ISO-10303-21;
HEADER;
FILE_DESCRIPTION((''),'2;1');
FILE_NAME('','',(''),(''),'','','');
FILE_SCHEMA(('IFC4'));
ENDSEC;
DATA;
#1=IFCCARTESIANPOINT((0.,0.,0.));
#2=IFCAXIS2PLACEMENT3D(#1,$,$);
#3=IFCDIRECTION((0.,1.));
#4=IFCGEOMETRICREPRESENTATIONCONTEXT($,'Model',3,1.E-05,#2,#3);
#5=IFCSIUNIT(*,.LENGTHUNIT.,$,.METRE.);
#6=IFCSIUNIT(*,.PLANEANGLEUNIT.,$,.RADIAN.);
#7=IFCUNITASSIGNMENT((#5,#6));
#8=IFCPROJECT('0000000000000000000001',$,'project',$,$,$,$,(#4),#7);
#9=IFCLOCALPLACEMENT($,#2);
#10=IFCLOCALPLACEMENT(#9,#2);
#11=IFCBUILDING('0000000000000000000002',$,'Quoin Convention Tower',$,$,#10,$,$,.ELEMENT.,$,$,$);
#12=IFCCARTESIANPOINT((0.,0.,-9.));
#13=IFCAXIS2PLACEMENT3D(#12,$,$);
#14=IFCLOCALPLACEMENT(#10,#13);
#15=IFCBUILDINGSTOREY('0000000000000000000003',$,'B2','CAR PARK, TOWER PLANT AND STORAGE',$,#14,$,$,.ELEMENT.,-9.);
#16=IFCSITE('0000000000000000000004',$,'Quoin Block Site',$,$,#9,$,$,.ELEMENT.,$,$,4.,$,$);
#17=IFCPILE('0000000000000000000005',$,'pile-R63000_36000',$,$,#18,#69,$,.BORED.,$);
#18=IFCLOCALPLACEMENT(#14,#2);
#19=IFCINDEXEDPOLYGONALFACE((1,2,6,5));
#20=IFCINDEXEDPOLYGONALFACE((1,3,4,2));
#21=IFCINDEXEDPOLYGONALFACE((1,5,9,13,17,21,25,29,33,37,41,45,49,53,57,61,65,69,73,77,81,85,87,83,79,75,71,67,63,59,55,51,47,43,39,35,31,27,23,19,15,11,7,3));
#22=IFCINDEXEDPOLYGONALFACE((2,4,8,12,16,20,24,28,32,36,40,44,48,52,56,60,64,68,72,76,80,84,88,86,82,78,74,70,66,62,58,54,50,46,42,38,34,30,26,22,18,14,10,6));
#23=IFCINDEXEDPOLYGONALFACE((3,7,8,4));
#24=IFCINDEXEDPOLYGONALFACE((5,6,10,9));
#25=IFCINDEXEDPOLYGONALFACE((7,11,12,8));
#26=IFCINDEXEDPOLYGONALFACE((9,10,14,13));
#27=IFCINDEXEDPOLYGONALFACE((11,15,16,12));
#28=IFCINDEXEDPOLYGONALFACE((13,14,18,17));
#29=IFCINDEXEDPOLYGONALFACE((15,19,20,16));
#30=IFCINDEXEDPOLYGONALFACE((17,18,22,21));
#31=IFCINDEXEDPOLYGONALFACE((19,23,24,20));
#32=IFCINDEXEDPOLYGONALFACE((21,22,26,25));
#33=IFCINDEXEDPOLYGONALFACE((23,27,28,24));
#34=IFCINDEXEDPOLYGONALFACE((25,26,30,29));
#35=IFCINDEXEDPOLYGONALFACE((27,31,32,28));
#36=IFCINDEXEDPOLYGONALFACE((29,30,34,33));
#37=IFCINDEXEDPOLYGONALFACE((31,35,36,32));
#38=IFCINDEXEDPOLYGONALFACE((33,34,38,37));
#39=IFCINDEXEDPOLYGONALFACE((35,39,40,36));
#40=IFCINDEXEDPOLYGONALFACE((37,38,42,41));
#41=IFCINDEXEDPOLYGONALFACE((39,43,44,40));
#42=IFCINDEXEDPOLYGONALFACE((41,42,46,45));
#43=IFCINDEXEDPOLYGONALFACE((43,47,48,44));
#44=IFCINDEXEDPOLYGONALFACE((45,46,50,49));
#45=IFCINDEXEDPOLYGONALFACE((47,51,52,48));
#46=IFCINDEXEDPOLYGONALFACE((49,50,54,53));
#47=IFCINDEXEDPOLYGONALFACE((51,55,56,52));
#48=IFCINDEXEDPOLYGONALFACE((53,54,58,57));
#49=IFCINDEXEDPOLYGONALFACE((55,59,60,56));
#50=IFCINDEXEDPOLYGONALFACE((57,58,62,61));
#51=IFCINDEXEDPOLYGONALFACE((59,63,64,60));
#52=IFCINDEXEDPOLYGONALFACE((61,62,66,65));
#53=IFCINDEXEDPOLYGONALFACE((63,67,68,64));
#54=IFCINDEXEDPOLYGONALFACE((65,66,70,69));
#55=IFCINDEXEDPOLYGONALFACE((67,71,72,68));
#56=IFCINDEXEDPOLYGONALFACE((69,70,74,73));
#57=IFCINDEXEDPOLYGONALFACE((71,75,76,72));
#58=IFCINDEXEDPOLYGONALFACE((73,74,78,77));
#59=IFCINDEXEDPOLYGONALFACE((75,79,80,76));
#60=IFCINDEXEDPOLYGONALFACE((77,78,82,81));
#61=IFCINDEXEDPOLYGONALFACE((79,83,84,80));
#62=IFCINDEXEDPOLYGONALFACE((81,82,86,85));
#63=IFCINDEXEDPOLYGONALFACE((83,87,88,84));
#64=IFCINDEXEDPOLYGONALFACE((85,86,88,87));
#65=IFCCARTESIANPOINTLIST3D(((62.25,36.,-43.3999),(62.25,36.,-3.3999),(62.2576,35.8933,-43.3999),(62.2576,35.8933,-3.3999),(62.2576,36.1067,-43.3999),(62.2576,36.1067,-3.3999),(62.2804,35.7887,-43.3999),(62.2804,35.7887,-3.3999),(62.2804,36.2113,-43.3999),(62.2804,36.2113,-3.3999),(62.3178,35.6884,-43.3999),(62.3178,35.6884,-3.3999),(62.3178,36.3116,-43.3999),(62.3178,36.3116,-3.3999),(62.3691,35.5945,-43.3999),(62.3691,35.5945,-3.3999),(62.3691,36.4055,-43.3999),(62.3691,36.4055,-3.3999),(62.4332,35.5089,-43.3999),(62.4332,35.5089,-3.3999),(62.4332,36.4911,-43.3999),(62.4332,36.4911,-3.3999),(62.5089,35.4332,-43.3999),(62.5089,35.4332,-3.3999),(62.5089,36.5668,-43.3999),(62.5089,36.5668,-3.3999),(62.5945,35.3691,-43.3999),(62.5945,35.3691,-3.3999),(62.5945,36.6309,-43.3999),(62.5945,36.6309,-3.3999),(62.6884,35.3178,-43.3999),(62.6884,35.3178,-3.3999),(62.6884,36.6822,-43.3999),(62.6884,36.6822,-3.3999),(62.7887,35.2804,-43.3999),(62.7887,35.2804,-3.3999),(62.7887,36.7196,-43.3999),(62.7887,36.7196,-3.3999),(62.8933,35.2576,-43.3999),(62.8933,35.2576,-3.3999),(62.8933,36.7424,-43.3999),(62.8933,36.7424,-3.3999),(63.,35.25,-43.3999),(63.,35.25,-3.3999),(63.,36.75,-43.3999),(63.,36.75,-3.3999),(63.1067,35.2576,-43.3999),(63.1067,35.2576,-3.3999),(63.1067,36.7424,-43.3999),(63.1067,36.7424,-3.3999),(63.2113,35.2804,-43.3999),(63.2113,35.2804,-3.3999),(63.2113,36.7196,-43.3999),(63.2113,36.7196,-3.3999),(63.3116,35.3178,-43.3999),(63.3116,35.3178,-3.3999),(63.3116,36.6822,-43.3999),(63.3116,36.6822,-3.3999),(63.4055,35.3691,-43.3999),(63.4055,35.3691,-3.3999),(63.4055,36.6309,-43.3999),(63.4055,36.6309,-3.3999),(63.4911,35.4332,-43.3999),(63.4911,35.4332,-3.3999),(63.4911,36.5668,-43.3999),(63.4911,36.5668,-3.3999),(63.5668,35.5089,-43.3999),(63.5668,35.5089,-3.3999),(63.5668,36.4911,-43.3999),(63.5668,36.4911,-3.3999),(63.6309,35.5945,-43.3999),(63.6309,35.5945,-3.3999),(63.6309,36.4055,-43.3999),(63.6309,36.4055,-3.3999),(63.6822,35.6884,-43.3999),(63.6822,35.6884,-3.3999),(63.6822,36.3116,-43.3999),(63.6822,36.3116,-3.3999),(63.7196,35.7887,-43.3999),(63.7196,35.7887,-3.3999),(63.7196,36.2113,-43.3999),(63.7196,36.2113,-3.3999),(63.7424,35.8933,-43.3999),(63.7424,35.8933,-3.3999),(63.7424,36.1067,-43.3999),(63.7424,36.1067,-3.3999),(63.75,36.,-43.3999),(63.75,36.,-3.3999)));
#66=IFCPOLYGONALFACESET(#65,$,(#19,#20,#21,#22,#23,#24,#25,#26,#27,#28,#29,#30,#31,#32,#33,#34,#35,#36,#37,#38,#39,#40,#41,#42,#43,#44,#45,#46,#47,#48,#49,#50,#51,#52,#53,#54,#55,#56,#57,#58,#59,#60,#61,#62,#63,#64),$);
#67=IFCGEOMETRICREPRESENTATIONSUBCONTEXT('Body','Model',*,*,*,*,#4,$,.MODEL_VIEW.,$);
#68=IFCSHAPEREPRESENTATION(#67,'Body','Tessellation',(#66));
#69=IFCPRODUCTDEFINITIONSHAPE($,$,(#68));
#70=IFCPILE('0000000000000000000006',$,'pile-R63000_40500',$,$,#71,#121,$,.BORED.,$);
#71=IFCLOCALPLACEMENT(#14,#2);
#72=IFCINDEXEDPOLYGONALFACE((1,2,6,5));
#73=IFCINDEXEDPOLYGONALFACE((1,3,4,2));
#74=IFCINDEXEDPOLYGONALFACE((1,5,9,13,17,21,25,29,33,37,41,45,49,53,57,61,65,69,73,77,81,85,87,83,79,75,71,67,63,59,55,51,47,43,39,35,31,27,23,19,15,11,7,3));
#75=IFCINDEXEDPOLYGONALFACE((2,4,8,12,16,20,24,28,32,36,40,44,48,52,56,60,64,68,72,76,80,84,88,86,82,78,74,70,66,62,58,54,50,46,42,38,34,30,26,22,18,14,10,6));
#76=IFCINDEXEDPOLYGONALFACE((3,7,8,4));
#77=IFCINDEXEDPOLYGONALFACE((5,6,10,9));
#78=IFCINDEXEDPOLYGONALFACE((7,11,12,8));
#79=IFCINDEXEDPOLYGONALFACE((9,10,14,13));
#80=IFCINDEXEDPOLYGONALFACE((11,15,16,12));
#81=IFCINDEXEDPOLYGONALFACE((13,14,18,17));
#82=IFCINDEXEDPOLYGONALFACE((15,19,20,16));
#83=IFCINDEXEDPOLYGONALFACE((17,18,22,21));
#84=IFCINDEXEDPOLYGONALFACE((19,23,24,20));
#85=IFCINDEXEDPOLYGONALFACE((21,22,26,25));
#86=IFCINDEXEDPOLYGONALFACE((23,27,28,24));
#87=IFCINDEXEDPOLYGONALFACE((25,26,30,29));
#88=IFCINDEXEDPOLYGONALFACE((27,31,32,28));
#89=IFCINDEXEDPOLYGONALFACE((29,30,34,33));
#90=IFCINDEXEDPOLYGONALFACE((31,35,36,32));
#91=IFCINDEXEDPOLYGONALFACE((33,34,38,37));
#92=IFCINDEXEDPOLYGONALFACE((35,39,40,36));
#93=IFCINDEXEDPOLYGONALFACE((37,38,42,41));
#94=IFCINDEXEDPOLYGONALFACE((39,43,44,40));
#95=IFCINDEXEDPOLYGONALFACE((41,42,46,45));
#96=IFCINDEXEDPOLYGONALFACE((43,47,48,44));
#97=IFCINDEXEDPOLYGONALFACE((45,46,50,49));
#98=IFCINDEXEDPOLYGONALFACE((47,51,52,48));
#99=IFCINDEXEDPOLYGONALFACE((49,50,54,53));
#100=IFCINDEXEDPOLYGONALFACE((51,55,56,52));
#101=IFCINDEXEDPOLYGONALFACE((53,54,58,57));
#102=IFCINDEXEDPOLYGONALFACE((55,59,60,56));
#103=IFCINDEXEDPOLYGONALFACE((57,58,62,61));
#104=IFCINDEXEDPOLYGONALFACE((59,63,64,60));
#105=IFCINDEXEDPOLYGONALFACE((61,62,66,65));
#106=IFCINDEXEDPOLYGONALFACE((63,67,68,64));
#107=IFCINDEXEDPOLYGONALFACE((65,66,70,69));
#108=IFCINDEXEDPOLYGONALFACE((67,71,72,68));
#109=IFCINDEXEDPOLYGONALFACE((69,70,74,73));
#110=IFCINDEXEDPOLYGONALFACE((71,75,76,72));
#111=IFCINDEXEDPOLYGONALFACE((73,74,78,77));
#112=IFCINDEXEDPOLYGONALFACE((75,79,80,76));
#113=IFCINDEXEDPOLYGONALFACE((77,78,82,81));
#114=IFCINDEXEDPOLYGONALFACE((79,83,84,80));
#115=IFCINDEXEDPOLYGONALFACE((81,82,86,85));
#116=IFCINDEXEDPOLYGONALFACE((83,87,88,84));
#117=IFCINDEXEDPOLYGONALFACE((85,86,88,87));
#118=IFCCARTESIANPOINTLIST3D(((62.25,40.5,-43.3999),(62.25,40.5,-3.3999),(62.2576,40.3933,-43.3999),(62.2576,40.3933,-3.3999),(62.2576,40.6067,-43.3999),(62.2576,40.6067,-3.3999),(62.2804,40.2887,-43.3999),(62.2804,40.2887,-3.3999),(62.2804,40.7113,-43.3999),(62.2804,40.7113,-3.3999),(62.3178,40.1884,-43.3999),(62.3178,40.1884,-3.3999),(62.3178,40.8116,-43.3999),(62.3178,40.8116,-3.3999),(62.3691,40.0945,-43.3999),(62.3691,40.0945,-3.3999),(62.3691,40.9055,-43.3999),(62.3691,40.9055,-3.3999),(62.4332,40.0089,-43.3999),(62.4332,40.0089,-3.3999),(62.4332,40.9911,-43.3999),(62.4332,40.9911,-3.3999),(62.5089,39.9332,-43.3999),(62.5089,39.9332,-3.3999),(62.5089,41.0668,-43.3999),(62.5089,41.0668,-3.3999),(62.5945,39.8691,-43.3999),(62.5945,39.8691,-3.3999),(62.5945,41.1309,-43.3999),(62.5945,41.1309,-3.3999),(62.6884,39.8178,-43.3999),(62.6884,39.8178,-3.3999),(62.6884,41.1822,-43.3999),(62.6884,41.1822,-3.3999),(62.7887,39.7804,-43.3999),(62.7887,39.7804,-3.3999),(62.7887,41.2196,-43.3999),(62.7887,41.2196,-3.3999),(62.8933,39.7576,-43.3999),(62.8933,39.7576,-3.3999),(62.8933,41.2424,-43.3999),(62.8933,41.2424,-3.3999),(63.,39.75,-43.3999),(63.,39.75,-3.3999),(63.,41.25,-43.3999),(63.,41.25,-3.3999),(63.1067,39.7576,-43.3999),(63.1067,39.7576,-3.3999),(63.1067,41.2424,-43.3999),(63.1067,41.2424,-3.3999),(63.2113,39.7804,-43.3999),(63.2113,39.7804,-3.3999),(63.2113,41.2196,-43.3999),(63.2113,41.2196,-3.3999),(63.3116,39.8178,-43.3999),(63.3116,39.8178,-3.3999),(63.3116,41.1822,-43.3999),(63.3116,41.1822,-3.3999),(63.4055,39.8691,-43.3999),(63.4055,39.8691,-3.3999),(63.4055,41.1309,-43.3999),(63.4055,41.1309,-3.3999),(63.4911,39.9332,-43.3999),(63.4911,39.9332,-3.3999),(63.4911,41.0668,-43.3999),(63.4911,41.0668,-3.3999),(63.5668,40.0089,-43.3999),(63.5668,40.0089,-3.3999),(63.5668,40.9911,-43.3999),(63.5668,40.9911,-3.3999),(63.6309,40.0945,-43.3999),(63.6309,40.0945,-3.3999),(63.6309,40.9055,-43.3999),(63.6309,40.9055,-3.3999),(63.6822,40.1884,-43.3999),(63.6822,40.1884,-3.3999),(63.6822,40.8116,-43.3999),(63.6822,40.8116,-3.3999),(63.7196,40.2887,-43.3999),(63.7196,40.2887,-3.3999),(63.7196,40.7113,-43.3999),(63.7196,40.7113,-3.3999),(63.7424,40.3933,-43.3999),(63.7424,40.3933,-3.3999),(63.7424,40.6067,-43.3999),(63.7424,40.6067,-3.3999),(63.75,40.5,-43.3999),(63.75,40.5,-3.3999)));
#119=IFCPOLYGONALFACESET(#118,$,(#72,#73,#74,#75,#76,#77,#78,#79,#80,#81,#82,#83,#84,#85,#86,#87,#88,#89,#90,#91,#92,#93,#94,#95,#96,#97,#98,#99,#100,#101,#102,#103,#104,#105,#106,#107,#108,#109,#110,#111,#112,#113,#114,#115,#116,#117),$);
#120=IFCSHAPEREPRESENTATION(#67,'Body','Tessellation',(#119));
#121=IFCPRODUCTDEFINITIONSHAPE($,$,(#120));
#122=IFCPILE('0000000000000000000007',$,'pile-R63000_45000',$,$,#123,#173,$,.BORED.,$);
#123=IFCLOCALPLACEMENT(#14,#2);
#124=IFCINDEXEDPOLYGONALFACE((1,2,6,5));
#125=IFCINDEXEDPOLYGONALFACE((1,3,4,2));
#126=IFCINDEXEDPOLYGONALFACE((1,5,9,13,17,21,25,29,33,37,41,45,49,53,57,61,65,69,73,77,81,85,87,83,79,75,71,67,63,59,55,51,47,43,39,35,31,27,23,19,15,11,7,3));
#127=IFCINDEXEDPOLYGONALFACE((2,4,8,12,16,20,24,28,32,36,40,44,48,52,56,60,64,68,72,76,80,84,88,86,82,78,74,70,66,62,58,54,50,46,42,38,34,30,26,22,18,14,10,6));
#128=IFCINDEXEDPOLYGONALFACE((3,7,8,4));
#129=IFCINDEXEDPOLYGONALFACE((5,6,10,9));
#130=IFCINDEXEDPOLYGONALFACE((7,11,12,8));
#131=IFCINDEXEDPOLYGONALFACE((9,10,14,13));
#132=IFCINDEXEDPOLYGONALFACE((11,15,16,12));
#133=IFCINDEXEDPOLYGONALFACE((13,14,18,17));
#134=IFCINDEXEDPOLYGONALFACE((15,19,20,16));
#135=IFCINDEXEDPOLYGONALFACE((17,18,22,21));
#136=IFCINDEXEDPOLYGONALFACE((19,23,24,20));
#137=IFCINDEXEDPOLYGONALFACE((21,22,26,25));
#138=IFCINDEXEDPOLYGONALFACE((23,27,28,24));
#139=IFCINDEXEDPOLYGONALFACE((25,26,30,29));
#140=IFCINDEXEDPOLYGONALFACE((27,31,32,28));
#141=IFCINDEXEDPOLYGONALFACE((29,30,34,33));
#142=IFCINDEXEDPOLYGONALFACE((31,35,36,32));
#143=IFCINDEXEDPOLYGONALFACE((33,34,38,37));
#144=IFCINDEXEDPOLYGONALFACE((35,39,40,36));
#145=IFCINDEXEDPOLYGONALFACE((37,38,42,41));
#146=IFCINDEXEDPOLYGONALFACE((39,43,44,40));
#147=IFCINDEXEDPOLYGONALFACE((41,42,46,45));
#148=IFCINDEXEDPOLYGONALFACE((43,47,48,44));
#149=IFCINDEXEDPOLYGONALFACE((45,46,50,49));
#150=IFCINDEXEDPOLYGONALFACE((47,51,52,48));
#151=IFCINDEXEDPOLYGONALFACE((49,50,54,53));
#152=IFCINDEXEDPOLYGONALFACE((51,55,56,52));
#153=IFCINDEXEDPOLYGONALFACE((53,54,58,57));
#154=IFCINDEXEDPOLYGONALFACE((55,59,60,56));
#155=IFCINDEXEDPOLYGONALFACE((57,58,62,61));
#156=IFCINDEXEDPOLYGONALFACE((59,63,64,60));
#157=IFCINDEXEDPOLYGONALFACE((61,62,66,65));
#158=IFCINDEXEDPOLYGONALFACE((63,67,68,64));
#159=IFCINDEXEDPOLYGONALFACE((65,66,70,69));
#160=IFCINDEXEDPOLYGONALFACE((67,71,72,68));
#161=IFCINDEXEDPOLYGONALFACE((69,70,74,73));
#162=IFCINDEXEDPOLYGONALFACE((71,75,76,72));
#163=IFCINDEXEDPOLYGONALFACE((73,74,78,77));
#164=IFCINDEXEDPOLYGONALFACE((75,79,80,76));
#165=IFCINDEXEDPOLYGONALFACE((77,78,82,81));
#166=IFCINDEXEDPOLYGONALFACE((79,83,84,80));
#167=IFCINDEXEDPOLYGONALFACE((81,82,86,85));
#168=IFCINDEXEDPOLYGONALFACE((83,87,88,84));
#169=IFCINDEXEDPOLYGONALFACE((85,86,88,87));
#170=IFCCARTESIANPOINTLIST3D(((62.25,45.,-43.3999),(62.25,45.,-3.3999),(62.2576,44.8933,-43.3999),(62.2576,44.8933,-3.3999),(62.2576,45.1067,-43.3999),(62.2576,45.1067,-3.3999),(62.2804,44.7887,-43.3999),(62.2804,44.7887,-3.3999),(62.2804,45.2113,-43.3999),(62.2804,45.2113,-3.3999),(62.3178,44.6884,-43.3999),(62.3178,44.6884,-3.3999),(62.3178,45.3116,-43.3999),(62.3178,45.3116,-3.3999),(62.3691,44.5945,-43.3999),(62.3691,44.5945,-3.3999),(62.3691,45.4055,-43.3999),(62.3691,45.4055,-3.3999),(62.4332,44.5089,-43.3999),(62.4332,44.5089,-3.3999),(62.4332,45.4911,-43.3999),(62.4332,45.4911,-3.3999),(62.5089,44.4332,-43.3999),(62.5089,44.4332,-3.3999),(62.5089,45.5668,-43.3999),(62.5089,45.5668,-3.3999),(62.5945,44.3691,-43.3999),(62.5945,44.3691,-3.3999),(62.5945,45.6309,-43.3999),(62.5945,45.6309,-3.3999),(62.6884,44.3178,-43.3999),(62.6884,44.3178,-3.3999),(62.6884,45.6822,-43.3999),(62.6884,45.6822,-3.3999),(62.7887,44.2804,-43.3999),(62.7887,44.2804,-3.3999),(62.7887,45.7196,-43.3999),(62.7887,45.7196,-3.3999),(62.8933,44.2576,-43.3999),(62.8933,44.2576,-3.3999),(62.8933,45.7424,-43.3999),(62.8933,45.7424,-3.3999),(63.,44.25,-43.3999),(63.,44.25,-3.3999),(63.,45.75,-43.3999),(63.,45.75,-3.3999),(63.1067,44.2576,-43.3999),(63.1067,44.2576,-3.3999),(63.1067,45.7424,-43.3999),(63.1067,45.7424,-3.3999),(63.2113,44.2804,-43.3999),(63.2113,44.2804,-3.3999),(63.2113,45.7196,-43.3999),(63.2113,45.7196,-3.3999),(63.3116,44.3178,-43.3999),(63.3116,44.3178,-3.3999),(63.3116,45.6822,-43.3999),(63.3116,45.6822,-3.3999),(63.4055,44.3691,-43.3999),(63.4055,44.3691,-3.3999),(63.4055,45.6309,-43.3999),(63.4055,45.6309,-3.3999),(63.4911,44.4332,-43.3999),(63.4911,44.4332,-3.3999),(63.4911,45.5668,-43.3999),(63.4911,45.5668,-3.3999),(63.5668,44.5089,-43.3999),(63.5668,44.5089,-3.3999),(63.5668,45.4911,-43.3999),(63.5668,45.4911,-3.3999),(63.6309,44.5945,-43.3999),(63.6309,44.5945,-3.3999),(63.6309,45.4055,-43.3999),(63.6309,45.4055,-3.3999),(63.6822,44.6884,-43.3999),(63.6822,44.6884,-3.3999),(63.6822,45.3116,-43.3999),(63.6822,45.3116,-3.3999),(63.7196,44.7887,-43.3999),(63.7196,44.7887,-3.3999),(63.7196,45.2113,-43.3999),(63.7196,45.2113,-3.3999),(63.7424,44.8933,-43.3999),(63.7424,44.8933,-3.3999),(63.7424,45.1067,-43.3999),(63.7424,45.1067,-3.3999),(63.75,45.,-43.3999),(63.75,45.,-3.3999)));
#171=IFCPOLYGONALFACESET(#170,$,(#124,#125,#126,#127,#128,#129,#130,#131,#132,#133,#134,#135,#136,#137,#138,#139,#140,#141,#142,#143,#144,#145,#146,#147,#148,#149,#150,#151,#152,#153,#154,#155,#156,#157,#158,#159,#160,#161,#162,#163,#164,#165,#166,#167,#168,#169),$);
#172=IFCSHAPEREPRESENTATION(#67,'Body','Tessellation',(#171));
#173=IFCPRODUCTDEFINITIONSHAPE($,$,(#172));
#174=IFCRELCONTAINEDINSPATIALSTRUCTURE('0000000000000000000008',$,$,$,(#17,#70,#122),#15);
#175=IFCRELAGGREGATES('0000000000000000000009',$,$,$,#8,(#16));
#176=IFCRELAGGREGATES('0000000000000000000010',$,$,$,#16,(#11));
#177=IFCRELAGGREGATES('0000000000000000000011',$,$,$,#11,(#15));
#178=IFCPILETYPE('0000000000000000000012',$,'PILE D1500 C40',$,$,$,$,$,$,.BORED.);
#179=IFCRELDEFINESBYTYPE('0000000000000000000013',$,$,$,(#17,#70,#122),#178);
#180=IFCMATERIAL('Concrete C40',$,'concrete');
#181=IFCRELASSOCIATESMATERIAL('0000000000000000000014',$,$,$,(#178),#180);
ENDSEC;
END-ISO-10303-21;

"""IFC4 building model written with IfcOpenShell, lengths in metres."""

from ifc_helpers import new_model, si_unit, direction, frame, origin, origin_2d, place, context, subcontext, project, spatial, circle, extrude, material, material_profile, profile_set, type_object, element, save


model = new_model("IFC4")

# Units and contexts
model_context = context("Model", 3, precision=1e-05, world=origin(), true_north=direction((0.0, 1.0)))
body_context = subcontext(model_context, "Body", "Model", "MODEL_VIEW")
ifc_project = project(units=[si_unit("LENGTHUNIT", "METRE"), si_unit("PLANEANGLEUNIT", "RADIAN")], contexts=[model_context])

# Site, building, storey
site_placement = place(None, origin())
site = spatial("IfcSite", under=ifc_project, at=site_placement, Name="Quoin Block Site", CompositionType="ELEMENT", RefElevation=4.0)
building_placement = place(site_placement, origin())
building = spatial("IfcBuilding", under=site, at=building_placement, Name="Quoin Convention Tower", CompositionType="ELEMENT")
storey_placement = place(building_placement, frame((0.0, 0.0, -9.0)))
storey = spatial("IfcBuildingStorey", under=building, at=storey_placement, Name="B2", Description="CAR PARK, TOWER PLANT AND STORAGE", CompositionType="ELEMENT", Elevation=-9.0)

# Piles
ifc_material_1 = material(Name="Concrete C40", Category="concrete")
ifc_material_profile_1 = material_profile(ifc_material_1, circle(Radius=0.75, at=origin_2d()), Name="D1500")
ifc_profile_set_1 = profile_set([ifc_material_profile_1], Name="Concrete C40")
pile_type = type_object("IfcPileType", Name="PILE D1500 C40", PredefinedType="BORED", material=ifc_profile_set_1)
for number, where, z_axis, x_axis, name in (
    (1, (63.0, 36.0, -3.3999), (0.0, 0.0, -1.0), (1.0, 0.0, 0.0), "pile-R63000_36000"),
    (2, (63.0, 40.5, -3.3999), (0.0, 0.0, -1.0), (1.0, 0.0, 0.0), "pile-R63000_40500"),
    (3, (63.0, 45.0, -3.3999), (0.0, 0.0, -1.0), (1.0, 0.0, 0.0), "pile-R63000_45000"),
):
    element("IfcPile", number, at=place(storey_placement, frame(where, z_axis=z_axis, x_axis=x_axis)), inside=storey, type_object=pile_type, Name=name, PredefinedType="BORED", context=body_context, shape_type="SweptSolid", body=[
        extrude(circle(Radius=0.75, at=origin_2d()), origin(), (0.0, 0.0, 1.0), 40.0),
    ])

save(model, "model.ifc")
